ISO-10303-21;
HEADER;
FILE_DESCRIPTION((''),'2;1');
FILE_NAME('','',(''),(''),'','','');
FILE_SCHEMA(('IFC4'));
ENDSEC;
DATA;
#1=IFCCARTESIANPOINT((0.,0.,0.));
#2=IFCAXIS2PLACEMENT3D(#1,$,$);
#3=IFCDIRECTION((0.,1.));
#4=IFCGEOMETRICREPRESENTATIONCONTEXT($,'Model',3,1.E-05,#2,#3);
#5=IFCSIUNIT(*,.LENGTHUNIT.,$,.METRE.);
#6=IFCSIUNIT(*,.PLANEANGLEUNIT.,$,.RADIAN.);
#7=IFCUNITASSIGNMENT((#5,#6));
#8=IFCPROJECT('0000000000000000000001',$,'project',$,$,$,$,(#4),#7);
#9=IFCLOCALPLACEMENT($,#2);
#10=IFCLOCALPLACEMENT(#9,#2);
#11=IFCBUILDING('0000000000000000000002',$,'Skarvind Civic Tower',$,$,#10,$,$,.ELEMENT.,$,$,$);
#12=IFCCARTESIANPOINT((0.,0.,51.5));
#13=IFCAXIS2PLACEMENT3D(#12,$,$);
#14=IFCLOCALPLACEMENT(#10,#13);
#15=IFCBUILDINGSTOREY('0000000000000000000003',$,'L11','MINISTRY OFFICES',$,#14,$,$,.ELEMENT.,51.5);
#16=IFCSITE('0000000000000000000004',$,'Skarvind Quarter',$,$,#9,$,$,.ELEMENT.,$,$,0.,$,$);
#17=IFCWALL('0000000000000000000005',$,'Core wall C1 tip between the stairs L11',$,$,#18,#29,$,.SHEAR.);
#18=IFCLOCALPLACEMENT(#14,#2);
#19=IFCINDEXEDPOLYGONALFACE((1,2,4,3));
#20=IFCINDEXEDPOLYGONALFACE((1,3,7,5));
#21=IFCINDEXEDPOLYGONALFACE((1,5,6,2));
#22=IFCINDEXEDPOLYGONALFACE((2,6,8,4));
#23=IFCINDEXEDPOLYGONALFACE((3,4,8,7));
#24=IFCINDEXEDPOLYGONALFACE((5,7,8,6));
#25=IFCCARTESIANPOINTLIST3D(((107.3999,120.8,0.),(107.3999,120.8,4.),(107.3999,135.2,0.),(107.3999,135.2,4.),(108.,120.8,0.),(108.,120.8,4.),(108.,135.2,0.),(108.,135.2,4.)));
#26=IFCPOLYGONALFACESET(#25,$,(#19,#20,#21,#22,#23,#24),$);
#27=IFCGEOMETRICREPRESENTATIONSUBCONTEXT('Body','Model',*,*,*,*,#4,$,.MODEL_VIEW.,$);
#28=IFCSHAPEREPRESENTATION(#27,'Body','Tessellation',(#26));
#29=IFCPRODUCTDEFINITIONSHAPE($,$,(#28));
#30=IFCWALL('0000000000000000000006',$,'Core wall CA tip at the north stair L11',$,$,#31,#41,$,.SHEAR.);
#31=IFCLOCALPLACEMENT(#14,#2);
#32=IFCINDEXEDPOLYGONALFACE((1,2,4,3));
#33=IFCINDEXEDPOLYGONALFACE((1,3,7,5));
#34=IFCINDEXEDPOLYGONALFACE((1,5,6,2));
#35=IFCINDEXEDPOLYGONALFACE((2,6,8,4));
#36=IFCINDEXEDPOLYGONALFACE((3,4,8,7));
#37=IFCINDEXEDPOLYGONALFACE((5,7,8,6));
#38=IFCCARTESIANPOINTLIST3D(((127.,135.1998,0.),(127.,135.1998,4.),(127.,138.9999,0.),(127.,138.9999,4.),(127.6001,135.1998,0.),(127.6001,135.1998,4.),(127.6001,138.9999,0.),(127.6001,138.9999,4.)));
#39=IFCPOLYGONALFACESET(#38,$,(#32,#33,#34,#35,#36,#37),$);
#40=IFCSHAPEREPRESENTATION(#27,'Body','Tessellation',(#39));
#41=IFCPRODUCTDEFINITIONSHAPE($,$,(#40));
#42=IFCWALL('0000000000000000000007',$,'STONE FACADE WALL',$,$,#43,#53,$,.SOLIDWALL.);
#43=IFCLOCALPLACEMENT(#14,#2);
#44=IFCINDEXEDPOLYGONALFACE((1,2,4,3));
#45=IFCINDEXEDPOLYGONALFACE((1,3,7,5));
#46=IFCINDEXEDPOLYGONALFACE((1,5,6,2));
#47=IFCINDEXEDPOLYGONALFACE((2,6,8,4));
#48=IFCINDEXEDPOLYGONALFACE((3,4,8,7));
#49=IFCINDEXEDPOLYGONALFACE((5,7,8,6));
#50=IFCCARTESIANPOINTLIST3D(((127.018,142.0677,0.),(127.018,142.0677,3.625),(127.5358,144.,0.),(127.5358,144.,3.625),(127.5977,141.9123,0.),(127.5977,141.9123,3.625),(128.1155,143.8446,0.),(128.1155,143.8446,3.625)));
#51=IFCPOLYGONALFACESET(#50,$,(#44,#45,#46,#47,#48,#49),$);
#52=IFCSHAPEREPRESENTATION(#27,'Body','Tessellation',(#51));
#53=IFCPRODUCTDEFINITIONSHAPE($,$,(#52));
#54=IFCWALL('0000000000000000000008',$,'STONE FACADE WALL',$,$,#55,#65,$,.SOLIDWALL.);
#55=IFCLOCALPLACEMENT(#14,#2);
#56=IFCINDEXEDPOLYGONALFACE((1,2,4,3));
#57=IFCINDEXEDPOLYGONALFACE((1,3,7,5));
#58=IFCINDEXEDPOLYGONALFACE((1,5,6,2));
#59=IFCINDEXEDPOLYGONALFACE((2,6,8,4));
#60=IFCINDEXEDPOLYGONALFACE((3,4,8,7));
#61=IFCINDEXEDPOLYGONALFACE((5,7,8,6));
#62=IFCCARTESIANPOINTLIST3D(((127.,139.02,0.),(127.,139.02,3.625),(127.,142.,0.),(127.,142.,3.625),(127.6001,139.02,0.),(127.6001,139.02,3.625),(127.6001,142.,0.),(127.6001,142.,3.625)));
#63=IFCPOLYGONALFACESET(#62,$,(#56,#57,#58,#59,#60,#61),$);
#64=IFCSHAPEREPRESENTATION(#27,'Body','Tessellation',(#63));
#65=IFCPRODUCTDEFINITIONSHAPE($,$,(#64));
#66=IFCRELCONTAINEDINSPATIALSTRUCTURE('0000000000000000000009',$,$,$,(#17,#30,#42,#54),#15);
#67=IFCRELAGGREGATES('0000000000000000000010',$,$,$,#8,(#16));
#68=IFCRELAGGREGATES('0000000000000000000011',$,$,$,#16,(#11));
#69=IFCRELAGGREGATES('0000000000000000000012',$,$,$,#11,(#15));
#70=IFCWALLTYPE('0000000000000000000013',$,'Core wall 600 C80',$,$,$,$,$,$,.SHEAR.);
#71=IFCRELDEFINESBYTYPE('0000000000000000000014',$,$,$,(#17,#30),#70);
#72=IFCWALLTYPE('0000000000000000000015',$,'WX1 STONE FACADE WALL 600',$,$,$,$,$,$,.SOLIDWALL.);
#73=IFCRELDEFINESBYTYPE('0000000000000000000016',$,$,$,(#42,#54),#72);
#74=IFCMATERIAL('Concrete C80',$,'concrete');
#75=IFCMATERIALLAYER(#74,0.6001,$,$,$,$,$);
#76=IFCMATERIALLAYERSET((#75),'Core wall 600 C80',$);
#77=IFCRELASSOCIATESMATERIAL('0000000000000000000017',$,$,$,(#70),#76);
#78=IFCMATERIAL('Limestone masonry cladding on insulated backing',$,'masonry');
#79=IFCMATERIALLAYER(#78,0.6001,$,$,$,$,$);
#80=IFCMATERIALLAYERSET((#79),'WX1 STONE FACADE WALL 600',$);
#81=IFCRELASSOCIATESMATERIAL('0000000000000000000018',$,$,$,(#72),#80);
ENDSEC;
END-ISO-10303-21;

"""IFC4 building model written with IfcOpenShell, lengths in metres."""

from ifc_helpers import new_model, si_unit, direction, frame, frame_2d, origin, place, context, subcontext, project, spatial, rectangle, extrude, material, layer, layer_set, type_object, element, save


model = new_model("IFC4")

# Units and contexts
model_context = context("Model", 3, precision=1e-05, world=origin(), true_north=direction((0.0, 1.0)))
body_context = subcontext(model_context, "Body", "Model", "MODEL_VIEW")
ifc_project = project(units=[si_unit("LENGTHUNIT", "METRE"), si_unit("PLANEANGLEUNIT", "RADIAN")], contexts=[model_context])

# Site, building, storey
site_placement = place(None, origin())
site = spatial("IfcSite", under=ifc_project, at=site_placement, Name="Skarvind Quarter", CompositionType="ELEMENT", RefElevation=0.0)
building_placement = place(site_placement, origin())
building = spatial("IfcBuilding", under=site, at=building_placement, Name="Skarvind Civic Tower", CompositionType="ELEMENT")
storey_placement = place(building_placement, frame((0.0, 0.0, 51.5)))
storey = spatial("IfcBuildingStorey", under=building, at=storey_placement, Name="L11", Description="MINISTRY OFFICES", CompositionType="ELEMENT", Elevation=51.5)

# Shared definitions
ifc_material_1 = material(Name="Concrete C80", Category="concrete")

# Walls
ifc_layer_1 = layer(ifc_material_1, 0.6001)
ifc_layer_set_1 = layer_set([ifc_layer_1], Name="Core wall 600 C80")
wall_type_1 = type_object("IfcWallType", Name="Core wall 600 C80", PredefinedType="SHEAR", material=ifc_layer_set_1)
wall_1_placement = place(storey_placement, frame((107.7, 135.2, 0.0), z_axis=(0.0, 0.0, 1.0), x_axis=(0.0, -1.0, 0.0)))
element("IfcWall", 1, at=wall_1_placement, inside=storey, type_object=wall_type_1, Name="Core wall C1 tip between the stairs L11", PredefinedType="SHEAR", context=body_context, shape_type="SweptSolid", body=[
    extrude(rectangle(XDim=14.3999, YDim=0.6001, at=frame_2d((7.2, 0.0))), origin(), (0.0, 0.0, 1.0), 4.0),
])
wall_2_placement = place(storey_placement, frame((127.3, 135.2, 0.0), z_axis=(0.0, 0.0, 1.0), x_axis=(0.0, 1.0, 0.0)))
element("IfcWall", 2, at=wall_2_placement, inside=storey, type_object=wall_type_1, Name="Core wall CA tip at the north stair L11", PredefinedType="SHEAR", context=body_context, shape_type="SweptSolid", body=[
    extrude(rectangle(XDim=3.8, YDim=0.6001, at=frame_2d((1.8999, 0.0))), origin(), (0.0, 0.0, 1.0), 4.0),
])
ifc_material_2 = material(Name="Limestone masonry cladding on insulated backing", Category="masonry")
ifc_layer_2 = layer(ifc_material_2, 0.6001)
ifc_layer_set_2 = layer_set([ifc_layer_2], Name="WX1 STONE FACADE WALL 600")
wall_type_2 = type_object("IfcWallType", Name="WX1 STONE FACADE WALL 600", PredefinedType="SOLIDWALL", material=ifc_layer_set_2)
wall_3_placement = place(storey_placement, frame((127.3079, 141.99, 0.0), z_axis=(0.0, 0.0, 1.0), x_axis=(0.25884, 0.96592, 0.0)))
element("IfcWall", 3, at=wall_3_placement, inside=storey, type_object=wall_type_2, Name="STONE FACADE WALL", PredefinedType="SOLIDWALL", context=body_context, shape_type="SweptSolid", body=[
    extrude(rectangle(XDim=2.0005, YDim=0.6001, at=frame_2d((1.0002, 0.0))), origin(), (0.0, 0.0, 1.0), 3.625),
])
wall_4_placement = place(storey_placement, frame((127.3, 139.02, 0.0), z_axis=(0.0, 0.0, 1.0), x_axis=(0.0, 1.0, 0.0)))
element("IfcWall", 4, at=wall_4_placement, inside=storey, type_object=wall_type_2, Name="STONE FACADE WALL", PredefinedType="SOLIDWALL", context=body_context, shape_type="SweptSolid", body=[
    extrude(rectangle(XDim=2.98, YDim=0.6001, at=frame_2d((1.49, 0.0))), origin(), (0.0, 0.0, 1.0), 3.625),
])

save(model, "model.ifc")
